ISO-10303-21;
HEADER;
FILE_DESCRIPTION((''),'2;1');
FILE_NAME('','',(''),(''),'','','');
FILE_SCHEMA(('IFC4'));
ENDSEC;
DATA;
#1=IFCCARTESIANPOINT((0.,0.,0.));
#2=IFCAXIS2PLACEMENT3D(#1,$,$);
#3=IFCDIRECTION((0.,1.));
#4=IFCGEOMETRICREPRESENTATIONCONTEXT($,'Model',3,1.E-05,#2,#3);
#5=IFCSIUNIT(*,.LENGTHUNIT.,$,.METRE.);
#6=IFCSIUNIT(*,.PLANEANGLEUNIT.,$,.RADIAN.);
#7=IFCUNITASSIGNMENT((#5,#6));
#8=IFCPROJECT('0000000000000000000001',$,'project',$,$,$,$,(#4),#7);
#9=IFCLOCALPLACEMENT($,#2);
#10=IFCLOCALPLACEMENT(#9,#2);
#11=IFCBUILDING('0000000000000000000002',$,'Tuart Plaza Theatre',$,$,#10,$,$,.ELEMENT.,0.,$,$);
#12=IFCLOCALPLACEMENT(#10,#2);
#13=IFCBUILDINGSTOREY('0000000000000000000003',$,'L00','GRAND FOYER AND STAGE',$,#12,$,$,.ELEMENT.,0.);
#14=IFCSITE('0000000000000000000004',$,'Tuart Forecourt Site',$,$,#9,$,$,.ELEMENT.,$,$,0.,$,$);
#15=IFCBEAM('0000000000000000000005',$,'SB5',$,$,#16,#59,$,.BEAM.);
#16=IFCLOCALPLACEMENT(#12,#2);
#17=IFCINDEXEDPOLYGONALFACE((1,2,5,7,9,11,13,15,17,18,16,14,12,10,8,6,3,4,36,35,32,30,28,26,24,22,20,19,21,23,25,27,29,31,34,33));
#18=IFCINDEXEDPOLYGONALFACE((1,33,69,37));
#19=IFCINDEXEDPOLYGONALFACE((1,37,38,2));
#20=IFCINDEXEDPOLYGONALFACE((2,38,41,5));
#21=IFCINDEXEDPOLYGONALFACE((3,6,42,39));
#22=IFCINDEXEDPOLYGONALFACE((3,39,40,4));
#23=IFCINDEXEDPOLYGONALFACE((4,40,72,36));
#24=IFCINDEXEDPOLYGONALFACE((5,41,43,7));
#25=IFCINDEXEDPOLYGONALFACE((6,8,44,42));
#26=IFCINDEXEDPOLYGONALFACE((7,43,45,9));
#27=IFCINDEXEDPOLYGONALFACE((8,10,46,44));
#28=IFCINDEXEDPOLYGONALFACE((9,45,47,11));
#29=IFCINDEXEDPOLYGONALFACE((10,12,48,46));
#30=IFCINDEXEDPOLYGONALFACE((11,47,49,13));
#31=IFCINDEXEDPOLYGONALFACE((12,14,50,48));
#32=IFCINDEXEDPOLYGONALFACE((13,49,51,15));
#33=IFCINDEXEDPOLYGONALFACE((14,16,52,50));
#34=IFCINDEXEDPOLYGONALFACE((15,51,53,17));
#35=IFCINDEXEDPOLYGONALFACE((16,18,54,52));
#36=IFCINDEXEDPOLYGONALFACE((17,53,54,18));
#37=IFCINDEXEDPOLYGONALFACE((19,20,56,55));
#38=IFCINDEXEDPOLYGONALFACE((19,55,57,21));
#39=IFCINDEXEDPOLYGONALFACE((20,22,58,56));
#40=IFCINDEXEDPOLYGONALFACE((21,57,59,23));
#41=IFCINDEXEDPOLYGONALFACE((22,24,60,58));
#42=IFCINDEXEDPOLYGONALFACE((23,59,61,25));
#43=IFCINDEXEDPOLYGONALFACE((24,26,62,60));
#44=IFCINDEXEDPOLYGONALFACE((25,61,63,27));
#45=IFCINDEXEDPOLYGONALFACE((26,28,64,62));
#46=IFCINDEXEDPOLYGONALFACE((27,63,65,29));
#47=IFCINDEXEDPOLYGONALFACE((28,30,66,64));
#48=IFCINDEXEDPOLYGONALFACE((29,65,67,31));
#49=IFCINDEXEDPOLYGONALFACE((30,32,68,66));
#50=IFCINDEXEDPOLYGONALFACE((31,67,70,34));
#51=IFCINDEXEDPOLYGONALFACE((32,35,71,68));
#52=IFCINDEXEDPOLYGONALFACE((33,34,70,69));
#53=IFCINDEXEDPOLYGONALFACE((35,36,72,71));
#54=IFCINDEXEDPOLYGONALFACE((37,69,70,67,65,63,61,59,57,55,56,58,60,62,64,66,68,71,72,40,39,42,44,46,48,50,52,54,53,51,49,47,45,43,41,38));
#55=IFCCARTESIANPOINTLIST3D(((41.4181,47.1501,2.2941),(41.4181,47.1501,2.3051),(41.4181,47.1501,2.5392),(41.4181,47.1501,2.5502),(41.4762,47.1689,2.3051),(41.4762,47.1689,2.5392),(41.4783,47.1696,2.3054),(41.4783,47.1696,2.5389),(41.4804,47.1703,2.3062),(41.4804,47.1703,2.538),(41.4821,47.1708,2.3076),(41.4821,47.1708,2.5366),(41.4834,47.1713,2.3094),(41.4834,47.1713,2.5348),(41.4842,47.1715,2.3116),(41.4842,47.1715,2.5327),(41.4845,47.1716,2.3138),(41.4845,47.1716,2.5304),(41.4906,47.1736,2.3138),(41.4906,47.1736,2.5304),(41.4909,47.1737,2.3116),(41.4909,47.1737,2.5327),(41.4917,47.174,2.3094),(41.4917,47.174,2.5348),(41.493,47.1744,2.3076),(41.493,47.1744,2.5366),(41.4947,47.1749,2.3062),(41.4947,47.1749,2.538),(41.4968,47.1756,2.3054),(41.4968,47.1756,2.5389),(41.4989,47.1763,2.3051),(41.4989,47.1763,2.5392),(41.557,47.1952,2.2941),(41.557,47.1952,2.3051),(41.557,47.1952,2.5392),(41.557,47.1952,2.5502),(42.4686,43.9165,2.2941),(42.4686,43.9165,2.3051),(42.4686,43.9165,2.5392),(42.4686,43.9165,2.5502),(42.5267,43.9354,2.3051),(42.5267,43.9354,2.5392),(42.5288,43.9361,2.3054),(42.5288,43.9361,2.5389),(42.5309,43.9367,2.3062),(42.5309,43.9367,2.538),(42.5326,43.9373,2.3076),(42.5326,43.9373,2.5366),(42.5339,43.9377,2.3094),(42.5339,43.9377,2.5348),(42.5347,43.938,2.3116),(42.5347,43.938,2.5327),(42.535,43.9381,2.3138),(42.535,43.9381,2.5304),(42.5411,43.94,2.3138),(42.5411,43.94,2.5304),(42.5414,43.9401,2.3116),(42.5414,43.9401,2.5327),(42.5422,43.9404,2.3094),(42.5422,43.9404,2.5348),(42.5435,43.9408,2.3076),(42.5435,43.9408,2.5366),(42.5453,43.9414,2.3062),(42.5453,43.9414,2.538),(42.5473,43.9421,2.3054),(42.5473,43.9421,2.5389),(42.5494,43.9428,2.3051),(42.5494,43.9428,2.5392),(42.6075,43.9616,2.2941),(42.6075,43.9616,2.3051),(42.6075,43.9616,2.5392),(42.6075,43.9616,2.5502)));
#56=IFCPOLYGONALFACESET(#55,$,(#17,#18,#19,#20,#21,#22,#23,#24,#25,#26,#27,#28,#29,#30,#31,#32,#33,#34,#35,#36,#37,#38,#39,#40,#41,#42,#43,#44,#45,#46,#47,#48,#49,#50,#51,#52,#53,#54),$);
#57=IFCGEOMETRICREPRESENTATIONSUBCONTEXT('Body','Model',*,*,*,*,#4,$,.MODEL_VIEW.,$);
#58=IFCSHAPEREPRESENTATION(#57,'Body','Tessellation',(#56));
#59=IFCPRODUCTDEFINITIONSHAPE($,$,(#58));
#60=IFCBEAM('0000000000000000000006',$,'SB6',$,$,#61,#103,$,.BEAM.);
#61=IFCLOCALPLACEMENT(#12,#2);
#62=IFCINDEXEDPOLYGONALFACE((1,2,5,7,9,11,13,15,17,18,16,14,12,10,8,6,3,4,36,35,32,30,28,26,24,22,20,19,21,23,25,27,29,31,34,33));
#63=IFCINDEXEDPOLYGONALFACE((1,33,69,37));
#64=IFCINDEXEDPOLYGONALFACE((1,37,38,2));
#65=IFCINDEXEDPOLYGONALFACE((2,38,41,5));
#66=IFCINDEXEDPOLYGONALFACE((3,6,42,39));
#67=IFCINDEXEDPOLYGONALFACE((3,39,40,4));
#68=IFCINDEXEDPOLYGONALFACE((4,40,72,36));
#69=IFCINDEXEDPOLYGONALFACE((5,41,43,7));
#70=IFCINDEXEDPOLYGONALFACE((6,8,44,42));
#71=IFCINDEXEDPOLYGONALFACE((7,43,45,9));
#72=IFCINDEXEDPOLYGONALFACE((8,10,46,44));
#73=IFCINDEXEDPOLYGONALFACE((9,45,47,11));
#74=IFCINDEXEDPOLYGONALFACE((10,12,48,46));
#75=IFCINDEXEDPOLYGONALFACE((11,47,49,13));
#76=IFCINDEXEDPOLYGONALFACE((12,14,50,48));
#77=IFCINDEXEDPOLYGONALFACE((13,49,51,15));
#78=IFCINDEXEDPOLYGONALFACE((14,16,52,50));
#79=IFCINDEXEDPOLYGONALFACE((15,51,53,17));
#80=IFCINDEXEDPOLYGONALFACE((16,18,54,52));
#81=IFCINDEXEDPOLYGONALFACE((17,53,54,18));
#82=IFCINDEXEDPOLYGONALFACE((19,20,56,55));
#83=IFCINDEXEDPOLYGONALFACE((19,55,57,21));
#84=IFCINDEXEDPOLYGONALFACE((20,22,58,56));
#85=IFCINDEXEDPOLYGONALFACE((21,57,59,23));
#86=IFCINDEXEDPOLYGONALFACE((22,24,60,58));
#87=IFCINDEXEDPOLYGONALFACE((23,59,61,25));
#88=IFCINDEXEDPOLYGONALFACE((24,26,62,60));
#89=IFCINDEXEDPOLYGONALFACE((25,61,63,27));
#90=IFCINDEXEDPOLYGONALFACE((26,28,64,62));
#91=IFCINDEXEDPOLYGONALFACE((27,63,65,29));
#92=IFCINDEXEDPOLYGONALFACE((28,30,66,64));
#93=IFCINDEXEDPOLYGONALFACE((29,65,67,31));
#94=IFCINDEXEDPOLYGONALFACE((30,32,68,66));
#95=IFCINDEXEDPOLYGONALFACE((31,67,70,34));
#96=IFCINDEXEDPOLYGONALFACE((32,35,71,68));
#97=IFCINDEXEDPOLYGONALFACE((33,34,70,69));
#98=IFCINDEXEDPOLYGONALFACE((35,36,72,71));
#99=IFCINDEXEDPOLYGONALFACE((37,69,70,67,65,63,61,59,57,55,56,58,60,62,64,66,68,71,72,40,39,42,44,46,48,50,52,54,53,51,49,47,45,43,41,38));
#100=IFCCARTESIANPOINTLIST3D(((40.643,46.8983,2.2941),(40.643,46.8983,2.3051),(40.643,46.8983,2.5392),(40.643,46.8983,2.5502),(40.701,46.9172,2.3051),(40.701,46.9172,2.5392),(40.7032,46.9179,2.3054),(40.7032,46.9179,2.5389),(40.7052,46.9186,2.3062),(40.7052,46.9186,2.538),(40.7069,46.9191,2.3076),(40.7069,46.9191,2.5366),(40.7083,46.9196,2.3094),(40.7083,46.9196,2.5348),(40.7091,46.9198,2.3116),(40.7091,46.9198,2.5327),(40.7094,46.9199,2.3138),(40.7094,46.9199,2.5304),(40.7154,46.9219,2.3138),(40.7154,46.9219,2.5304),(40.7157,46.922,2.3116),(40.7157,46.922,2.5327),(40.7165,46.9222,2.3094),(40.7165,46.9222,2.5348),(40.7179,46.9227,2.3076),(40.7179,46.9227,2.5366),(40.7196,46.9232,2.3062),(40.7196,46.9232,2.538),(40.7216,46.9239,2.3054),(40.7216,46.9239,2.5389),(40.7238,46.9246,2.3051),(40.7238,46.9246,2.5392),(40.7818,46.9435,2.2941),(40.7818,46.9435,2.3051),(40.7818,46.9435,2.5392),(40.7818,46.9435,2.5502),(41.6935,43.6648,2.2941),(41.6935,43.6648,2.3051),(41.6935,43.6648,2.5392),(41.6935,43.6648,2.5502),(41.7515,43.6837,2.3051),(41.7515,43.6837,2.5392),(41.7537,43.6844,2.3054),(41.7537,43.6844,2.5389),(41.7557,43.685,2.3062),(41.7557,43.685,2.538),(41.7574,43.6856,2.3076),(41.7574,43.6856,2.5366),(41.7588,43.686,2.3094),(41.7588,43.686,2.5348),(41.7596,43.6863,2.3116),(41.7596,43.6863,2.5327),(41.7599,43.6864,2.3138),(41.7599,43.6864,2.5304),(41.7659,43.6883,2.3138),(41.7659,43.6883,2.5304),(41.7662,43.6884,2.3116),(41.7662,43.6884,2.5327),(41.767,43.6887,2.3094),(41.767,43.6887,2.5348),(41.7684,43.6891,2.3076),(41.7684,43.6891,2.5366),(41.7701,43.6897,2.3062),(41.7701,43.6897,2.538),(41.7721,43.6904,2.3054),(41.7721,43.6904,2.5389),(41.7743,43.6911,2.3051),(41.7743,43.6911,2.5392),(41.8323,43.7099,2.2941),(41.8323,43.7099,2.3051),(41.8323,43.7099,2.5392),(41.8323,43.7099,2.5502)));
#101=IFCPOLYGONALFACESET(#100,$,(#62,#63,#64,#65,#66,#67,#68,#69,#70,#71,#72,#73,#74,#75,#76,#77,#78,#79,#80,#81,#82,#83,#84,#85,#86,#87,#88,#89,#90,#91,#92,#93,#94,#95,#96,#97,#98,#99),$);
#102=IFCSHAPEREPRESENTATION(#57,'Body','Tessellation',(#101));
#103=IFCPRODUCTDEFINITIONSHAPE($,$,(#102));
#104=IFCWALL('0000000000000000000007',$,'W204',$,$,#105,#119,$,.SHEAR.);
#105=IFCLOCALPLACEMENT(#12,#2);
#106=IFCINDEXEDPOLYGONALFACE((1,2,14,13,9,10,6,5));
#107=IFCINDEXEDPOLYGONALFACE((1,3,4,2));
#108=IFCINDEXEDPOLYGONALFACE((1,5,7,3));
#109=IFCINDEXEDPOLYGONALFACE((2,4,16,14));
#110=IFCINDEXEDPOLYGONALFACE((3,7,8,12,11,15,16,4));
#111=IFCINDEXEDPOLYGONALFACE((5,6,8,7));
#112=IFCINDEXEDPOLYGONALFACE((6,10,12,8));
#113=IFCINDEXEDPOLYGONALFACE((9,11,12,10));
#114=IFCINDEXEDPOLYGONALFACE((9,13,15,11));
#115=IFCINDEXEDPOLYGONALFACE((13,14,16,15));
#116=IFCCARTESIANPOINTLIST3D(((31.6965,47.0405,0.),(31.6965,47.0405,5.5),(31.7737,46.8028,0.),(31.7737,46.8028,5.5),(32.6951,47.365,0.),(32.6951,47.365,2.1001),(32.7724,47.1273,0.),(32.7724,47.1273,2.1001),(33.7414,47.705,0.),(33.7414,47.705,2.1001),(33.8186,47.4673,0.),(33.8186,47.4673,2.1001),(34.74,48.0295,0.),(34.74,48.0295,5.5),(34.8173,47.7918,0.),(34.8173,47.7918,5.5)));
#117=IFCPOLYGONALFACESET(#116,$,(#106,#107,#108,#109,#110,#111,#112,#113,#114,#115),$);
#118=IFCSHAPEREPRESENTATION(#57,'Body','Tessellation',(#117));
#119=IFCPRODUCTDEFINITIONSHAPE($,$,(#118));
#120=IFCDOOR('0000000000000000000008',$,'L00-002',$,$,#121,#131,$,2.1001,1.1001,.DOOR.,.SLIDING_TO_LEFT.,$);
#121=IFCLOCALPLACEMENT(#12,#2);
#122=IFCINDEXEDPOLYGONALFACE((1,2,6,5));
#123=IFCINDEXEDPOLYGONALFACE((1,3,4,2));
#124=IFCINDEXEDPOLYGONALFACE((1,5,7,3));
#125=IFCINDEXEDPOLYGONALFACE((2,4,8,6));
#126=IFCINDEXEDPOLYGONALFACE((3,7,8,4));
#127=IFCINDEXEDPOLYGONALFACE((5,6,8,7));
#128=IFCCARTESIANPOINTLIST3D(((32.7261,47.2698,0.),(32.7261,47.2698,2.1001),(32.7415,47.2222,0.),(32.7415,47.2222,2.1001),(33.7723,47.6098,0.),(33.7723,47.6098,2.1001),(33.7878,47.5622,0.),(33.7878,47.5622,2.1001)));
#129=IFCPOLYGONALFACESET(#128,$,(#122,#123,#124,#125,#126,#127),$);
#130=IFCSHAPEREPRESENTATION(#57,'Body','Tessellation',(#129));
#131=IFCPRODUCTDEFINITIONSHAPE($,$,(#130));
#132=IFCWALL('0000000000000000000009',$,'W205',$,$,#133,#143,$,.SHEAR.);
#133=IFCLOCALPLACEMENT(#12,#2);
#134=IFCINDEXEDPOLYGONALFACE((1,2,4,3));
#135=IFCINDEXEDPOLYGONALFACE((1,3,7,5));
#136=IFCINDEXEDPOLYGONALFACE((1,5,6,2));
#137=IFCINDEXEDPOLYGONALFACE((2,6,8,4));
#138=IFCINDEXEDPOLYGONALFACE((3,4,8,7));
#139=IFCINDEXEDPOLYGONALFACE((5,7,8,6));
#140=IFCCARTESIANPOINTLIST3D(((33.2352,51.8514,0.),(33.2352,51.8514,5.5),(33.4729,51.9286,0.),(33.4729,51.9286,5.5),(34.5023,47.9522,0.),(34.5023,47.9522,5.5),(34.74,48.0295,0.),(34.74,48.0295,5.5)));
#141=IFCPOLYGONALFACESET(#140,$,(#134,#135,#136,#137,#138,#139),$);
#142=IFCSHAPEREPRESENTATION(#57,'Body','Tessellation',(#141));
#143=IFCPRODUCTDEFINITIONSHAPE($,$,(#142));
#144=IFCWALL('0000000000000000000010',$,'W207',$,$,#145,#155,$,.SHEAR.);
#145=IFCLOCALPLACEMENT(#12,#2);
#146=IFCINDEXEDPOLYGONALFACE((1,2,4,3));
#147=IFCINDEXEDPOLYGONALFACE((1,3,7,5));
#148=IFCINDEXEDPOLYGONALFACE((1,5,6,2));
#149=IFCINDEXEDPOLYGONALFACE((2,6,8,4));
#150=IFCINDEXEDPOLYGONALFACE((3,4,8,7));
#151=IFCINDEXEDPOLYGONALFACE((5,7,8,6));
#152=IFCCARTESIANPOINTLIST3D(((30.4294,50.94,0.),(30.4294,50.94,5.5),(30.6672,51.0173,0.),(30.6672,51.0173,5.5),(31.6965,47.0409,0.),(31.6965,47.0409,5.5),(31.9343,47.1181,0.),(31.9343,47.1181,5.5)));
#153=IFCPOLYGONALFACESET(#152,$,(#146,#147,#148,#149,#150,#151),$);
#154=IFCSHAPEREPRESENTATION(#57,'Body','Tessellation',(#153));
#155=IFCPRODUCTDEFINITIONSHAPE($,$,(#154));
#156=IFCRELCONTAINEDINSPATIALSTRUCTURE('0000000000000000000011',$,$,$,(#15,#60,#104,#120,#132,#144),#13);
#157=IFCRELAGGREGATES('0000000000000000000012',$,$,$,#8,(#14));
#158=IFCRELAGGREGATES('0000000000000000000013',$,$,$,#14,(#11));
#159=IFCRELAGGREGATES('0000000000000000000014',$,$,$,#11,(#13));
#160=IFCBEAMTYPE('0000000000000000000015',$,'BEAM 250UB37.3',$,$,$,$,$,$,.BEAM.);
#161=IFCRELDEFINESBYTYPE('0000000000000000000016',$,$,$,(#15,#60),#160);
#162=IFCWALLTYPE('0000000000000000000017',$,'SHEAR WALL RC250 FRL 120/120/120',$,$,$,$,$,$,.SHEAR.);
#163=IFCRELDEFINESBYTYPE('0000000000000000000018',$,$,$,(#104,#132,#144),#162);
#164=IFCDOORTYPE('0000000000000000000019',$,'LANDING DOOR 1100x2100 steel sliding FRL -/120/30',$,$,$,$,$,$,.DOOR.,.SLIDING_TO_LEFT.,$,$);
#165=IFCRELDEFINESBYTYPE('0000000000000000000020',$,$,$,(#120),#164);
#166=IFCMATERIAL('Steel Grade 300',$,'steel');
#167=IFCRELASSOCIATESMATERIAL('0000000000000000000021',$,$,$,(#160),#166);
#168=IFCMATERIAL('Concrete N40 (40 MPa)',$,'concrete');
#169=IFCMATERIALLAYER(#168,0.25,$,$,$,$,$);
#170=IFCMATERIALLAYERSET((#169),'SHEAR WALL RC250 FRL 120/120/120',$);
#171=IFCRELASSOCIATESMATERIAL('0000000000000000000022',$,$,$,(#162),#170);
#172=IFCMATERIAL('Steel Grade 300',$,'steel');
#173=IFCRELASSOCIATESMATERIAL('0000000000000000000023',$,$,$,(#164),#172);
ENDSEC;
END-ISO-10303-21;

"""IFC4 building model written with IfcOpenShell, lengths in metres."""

from ifc_helpers import new_model, si_unit, direction, frame, frame_2d, origin, origin_2d, place, context, subcontext, project, spatial, rectangle, i_section, extrude, material, layer, layer_set, material_profile, profile_set, type_object, element, fill, save


model = new_model("IFC4")

# Units and contexts
model_context = context("Model", 3, precision=1e-05, world=origin(), true_north=direction((0.0, 1.0)))
body_context = subcontext(model_context, "Body", "Model", "MODEL_VIEW")
ifc_project = project(units=[si_unit("LENGTHUNIT", "METRE"), si_unit("PLANEANGLEUNIT", "RADIAN")], contexts=[model_context])

# Site, building, storey
site_placement = place(None, origin())
site = spatial("IfcSite", under=ifc_project, at=site_placement, Name="Tuart Forecourt Site", CompositionType="ELEMENT", RefElevation=0.0)
building_placement = place(site_placement, origin())
building = spatial("IfcBuilding", under=site, at=building_placement, Name="Tuart Plaza Theatre", CompositionType="ELEMENT", ElevationOfRefHeight=0.0)
storey_placement = place(building_placement, origin())
storey = spatial("IfcBuildingStorey", under=building, at=storey_placement, Name="L00", Description="GRAND FOYER AND STAGE", CompositionType="ELEMENT", Elevation=0.0)

# Beams
ifc_material_1 = material(Name="Steel Grade 300", Category="steel")
ifc_material_profile = material_profile(ifc_material_1, i_section(OverallWidth=0.146, OverallDepth=0.2561, WebThickness=0.0063, FlangeThickness=0.011, FilletRadius=0.0088, at=origin_2d()), Name="250UB37.3")
ifc_profile_set = profile_set([ifc_material_profile], Name="Steel Grade 300")
beam_type = type_object("IfcBeamType", Name="BEAM 250UB37.3", PredefinedType="BEAM", material=ifc_profile_set)
for number, where, z_axis, x_axis, name in (
    (1, (41.4875, 47.1726, 2.4221), (0.308981, -0.951068, 0.0), (0.951068, 0.308981, 0.0), "SB5"),
    (2, (40.7124, 46.9209, 2.4221), (0.308981, -0.951068, 0.0), (0.951068, 0.308981, 0.0), "SB6"),
):
    element("IfcBeam", number, at=place(storey_placement, frame(where, z_axis=z_axis, x_axis=x_axis)), inside=storey, type_object=beam_type, Name=name, PredefinedType="BEAM", context=body_context, shape_type="SweptSolid", body=[
        extrude(i_section(OverallWidth=0.146, OverallDepth=0.2561, WebThickness=0.0063, FlangeThickness=0.011, FilletRadius=0.0088, at=origin_2d()), origin(), (0.0, 0.0, 1.0), 3.3999),
    ])

# Wall, opening, door
ifc_material_2 = material(Name="Concrete N40 (40 MPa)", Category="concrete")
ifc_layer_1 = layer(ifc_material_2, 0.25)
ifc_layer_set_1 = layer_set([ifc_layer_1], Name="SHEAR WALL RC250 FRL 120/120/120")
wall_type_1 = type_object("IfcWallType", Name="SHEAR WALL RC250 FRL 120/120/120", PredefinedType="SHEAR", material=ifc_layer_set_1)
wall_1_placement = place(storey_placement, frame((31.7351, 46.9216, 0.0), z_axis=(0.0, 0.0, 1.0), x_axis=(0.951044, 0.309055, 0.0)))
wall_1 = element("IfcWall", 3, at=wall_1_placement, inside=storey, type_object=wall_type_1, Name="W204", PredefinedType="SHEAR", context=body_context, shape_type="SweptSolid", body=[
    extrude(rectangle(XDim=3.2002, YDim=0.25, at=frame_2d((1.6001, 0.0))), origin(), (0.0, 0.0, 1.0), 5.5),
])
opening_1_placement = place(wall_1_placement, frame((1.05, 0.0, 0.0)))
opening_1 = element("IfcOpeningElement", 4, at=opening_1_placement, cuts=wall_1, PredefinedType="OPENING", context=body_context, shape_type="SweptSolid", body=[
    extrude(rectangle(XDim=1.1001, YDim=2.1001, at=frame_2d((0.55, 1.05))), frame((0.0, 0.135, 0.0), z_axis=(0.0, -1.0, 0.0), x_axis=(1.0, 0.0, 0.0)), (0.0, 0.0, 1.0), 0.27),
])
ifc_material_3 = material(Name="Steel Grade 300", Category="steel")
door_type_1 = type_object("IfcDoorType", Name="LANDING DOOR 1100x2100 steel sliding FRL -/120/30", OperationType="SLIDING_TO_LEFT", PredefinedType="DOOR", material=ifc_material_3)
door_1_placement = place(opening_1_placement, origin())
door_1 = element("IfcDoor", 5, at=door_1_placement, inside=storey, type_object=door_type_1, Name="L00-002", OperationType="SLIDING_TO_LEFT", OverallHeight=2.1001, OverallWidth=1.1001, PredefinedType="DOOR", context=body_context, shape_type="SweptSolid", body=[
    extrude(rectangle(XDim=1.1001, YDim=2.1001, at=frame_2d((0.55, 1.05))), frame((0.0, 0.0249, 0.0), z_axis=(0.0, -1.0, 0.0), x_axis=(1.0, 0.0, 0.0)), (0.0, 0.0, 1.0), 0.05),
])
fill(opening_1, door_1)

# Walls
for number, where, z_axis, x_axis, name in (
    (6, (34.6211, 47.991, 0.0), (0.0, 0.0, 1.0), (-0.309055, 0.951044, 0.0), "W205"),
    (7, (30.5483, 50.9785, 0.0), (0.0, 0.0, 1.0), (0.309055, -0.951044, 0.0), "W207"),
):
    element("IfcWall", number, at=place(storey_placement, frame(where, z_axis=z_axis, x_axis=x_axis)), inside=storey, type_object=wall_type_1, Name=name, PredefinedType="SHEAR", context=body_context, shape_type="SweptSolid", body=[
        extrude(rectangle(XDim=4.0999, YDim=0.25, at=frame_2d((2.0498, 0.0))), origin(), (0.0, 0.0, 1.0), 5.5),
    ])

save(model, "model.ifc")
